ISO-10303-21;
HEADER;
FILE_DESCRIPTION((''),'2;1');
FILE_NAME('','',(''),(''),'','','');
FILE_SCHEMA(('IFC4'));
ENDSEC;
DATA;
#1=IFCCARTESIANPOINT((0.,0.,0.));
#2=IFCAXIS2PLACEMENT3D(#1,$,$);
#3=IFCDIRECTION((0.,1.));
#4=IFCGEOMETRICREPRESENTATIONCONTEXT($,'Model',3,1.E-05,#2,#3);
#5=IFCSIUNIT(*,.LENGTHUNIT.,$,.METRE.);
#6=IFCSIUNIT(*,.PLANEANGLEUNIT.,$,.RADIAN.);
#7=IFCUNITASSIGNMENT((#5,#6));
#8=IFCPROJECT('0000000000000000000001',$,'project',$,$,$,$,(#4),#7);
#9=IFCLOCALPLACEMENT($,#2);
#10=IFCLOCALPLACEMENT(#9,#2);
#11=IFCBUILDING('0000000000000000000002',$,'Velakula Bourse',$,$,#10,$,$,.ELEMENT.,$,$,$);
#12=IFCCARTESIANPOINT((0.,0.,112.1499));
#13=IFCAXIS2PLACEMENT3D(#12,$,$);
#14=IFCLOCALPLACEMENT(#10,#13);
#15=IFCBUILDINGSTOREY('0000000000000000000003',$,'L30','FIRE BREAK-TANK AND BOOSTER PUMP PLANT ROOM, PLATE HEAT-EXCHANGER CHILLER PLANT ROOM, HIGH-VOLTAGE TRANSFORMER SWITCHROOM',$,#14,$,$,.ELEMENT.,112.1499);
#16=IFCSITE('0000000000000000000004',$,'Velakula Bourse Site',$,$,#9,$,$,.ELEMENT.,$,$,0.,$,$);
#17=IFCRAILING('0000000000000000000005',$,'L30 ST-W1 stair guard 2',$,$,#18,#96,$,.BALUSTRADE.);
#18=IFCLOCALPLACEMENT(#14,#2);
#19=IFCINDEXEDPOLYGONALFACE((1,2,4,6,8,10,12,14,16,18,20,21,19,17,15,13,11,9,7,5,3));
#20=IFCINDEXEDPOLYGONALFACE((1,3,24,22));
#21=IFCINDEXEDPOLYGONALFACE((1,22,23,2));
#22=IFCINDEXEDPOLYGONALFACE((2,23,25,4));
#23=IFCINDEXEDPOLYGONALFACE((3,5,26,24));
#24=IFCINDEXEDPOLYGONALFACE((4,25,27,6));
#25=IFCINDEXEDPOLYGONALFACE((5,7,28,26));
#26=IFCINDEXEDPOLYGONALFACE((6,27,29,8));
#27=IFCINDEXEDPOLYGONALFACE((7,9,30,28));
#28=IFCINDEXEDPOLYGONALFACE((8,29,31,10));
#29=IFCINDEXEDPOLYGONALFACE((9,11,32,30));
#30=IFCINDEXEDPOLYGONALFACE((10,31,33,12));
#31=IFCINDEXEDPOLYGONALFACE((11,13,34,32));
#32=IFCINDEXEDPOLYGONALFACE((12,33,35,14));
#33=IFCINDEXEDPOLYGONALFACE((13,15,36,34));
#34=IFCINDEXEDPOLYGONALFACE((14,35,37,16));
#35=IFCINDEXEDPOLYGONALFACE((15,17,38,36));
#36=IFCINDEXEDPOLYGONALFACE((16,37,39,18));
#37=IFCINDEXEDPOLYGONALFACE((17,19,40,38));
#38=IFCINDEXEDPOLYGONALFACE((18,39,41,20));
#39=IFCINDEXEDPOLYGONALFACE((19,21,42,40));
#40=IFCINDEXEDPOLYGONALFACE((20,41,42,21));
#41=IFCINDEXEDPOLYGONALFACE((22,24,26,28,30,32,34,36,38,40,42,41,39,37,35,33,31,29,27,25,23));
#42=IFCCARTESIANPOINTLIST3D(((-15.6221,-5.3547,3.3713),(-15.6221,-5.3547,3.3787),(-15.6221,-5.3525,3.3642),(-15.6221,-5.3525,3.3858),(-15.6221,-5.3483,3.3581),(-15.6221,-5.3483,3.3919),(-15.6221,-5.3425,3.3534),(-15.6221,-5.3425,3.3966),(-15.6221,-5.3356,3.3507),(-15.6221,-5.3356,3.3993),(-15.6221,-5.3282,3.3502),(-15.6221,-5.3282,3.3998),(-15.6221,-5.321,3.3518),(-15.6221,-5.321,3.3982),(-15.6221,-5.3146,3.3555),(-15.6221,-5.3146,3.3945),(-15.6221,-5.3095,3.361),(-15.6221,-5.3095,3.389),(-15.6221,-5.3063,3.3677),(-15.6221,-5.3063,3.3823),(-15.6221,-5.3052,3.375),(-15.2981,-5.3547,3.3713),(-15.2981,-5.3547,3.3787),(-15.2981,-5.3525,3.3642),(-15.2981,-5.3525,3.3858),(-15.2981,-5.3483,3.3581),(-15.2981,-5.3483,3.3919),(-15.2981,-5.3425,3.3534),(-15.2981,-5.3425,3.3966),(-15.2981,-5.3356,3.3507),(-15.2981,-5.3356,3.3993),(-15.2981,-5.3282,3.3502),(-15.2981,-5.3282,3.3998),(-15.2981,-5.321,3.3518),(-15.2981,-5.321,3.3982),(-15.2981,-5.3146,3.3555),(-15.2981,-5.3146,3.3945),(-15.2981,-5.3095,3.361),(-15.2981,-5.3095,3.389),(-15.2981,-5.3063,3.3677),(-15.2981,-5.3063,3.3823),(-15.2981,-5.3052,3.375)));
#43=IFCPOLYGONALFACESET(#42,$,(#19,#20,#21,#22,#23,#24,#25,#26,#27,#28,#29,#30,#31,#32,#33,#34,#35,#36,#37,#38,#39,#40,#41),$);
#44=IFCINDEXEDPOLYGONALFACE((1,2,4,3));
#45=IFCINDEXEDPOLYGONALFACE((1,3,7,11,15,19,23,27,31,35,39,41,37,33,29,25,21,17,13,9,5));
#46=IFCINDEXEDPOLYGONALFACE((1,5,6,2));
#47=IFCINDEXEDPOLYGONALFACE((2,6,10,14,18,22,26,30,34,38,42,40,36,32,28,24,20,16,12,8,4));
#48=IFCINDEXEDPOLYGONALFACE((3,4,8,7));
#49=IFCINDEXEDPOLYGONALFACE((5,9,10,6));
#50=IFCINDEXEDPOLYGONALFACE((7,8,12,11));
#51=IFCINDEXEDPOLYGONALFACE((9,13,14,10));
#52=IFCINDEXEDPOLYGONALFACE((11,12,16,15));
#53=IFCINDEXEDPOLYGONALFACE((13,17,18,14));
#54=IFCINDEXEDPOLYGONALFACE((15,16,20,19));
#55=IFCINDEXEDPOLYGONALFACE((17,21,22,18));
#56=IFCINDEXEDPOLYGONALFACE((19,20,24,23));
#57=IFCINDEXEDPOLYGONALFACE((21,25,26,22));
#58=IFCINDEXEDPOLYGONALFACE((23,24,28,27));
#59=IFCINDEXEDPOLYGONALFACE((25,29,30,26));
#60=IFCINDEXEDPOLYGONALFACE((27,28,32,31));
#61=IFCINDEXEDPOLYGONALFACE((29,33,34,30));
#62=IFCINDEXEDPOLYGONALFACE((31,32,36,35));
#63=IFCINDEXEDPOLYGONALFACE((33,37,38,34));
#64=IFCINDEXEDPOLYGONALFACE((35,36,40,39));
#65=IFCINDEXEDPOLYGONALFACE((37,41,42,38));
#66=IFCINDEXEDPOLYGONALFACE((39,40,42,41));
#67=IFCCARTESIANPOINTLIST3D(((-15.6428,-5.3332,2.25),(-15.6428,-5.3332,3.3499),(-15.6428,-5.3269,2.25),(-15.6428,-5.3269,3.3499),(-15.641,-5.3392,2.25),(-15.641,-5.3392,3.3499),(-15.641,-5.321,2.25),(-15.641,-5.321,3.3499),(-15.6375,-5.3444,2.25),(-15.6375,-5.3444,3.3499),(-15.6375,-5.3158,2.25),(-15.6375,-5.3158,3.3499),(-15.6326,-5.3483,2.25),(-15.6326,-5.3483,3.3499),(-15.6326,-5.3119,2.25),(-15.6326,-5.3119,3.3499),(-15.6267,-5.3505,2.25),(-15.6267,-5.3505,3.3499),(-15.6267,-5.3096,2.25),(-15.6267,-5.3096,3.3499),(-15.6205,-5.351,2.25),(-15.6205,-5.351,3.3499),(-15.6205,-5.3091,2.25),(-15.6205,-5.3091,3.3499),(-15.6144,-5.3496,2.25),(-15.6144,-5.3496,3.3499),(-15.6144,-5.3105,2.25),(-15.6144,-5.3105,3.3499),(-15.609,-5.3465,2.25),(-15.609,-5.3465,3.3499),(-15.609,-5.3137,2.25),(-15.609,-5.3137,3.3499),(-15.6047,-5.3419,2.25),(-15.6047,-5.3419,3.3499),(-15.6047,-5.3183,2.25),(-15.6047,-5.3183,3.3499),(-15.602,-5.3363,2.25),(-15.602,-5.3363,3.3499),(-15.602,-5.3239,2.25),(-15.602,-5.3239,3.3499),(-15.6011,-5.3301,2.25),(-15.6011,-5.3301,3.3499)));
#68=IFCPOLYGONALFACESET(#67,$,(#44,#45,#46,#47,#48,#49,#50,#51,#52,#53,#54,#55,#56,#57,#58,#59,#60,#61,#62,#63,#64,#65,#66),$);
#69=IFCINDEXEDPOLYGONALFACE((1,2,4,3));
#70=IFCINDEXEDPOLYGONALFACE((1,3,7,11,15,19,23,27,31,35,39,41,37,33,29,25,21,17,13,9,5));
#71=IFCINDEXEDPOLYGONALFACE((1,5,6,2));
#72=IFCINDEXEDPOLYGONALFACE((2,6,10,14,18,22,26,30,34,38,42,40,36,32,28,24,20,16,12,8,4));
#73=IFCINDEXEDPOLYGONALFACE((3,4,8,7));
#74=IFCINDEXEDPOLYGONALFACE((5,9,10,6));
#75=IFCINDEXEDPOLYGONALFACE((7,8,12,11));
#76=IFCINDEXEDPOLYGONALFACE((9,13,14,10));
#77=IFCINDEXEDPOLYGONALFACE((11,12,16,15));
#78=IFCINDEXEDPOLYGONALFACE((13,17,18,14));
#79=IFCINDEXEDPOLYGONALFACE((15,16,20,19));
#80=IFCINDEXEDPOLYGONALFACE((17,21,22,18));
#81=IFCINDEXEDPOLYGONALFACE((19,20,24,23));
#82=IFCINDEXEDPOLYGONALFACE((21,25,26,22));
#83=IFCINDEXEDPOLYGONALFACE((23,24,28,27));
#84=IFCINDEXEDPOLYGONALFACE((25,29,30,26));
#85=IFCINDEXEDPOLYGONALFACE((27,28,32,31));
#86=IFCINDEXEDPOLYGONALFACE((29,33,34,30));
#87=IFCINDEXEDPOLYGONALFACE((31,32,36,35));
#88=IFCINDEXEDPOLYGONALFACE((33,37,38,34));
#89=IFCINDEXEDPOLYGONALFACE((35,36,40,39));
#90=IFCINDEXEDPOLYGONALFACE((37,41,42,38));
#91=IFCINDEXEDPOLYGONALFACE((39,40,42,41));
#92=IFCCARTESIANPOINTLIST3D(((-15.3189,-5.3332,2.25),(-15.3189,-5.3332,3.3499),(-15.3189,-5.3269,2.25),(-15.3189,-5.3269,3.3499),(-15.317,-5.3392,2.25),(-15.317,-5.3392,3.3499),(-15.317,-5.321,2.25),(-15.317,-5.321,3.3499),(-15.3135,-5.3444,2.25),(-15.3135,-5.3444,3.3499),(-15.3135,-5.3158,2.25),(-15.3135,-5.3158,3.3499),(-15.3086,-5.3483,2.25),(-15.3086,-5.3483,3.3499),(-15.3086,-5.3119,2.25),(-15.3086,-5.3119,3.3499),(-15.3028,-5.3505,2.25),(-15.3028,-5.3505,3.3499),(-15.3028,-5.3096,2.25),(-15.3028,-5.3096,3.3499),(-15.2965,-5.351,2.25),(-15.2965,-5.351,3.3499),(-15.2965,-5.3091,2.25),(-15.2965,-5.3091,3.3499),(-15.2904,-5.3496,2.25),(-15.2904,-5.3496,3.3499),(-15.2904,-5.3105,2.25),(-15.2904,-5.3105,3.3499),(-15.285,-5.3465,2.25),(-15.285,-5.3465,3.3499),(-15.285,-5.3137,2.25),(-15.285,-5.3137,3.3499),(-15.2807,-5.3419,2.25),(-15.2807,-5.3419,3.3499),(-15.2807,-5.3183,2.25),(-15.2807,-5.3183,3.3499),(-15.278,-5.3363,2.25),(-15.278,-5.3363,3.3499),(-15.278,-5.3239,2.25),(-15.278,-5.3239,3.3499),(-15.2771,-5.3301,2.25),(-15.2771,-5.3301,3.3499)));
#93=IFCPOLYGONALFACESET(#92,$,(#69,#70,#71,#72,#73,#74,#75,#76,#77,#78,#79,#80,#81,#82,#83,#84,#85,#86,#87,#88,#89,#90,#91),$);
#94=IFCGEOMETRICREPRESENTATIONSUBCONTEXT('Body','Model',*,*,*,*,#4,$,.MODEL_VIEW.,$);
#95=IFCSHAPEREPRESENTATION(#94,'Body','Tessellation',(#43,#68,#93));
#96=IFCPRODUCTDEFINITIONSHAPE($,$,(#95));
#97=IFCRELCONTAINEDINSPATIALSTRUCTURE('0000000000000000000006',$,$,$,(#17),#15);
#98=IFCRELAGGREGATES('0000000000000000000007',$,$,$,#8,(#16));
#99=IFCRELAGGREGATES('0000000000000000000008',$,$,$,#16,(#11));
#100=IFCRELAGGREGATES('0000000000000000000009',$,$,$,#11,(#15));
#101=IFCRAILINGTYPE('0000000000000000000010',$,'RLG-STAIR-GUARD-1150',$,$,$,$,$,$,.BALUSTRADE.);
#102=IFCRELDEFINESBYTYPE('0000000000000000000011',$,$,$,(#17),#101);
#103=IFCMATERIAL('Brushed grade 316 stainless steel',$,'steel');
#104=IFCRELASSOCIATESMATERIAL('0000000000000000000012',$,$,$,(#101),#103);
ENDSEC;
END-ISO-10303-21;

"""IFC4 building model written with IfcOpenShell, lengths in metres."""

from ifc_helpers import new_model, si_unit, direction, frame, origin, origin_2d, place, context, subcontext, project, spatial, circle, extrude, material, type_object, element, save


model = new_model("IFC4")

# Units and contexts
model_context = context("Model", 3, precision=1e-05, world=origin(), true_north=direction((0.0, 1.0)))
body_context = subcontext(model_context, "Body", "Model", "MODEL_VIEW")
ifc_project = project(units=[si_unit("LENGTHUNIT", "METRE"), si_unit("PLANEANGLEUNIT", "RADIAN")], contexts=[model_context])

# Site, building, storey
site_placement = place(None, origin())
site = spatial("IfcSite", under=ifc_project, at=site_placement, Name="Velakula Bourse Site", CompositionType="ELEMENT", RefElevation=0.0)
building_placement = place(site_placement, origin())
building = spatial("IfcBuilding", under=site, at=building_placement, Name="Velakula Bourse", CompositionType="ELEMENT")
storey_placement = place(building_placement, frame((0.0, 0.0, 112.1499)))
storey = spatial("IfcBuildingStorey", under=building, at=storey_placement, Name="L30", Description="FIRE BREAK-TANK AND BOOSTER PUMP PLANT ROOM, PLATE HEAT-EXCHANGER CHILLER PLANT ROOM, HIGH-VOLTAGE TRANSFORMER SWITCHROOM", CompositionType="ELEMENT", Elevation=112.1499)

# Shared definitions
ifc_material_1 = material(Name="Brushed grade 316 stainless steel", Category="steel")

# Railing
railing_type_1 = type_object("IfcRailingType", Name="RLG-STAIR-GUARD-1150", PredefinedType="BALUSTRADE", material=ifc_material_1)
railing_1_placement = place(storey_placement, frame((-15.6221, -5.3301, 2.25)))
element("IfcRailing", 1, at=railing_1_placement, inside=storey, type_object=railing_type_1, Name="L30 ST-W1 stair guard 2", PredefinedType="BALUSTRADE", context=body_context, shape_type="SweptSolid", body=[
    extrude(circle(Radius=0.0249, at=origin_2d()), frame((0.0, 0.0, 1.125), z_axis=(1.0, 0.0, 0.0), x_axis=(0.0, 1.0, 0.0)), (0.0, 0.0, 1.0), 0.324),
    extrude(circle(Radius=0.021, at=origin_2d()), origin(), (0.0, 0.0, 1.0), 1.0999),
    extrude(circle(Radius=0.021, at=origin_2d()), frame((0.324, 0.0, 0.0)), (0.0, 0.0, 1.0), 1.0999),
])

save(model, "model.ifc")
